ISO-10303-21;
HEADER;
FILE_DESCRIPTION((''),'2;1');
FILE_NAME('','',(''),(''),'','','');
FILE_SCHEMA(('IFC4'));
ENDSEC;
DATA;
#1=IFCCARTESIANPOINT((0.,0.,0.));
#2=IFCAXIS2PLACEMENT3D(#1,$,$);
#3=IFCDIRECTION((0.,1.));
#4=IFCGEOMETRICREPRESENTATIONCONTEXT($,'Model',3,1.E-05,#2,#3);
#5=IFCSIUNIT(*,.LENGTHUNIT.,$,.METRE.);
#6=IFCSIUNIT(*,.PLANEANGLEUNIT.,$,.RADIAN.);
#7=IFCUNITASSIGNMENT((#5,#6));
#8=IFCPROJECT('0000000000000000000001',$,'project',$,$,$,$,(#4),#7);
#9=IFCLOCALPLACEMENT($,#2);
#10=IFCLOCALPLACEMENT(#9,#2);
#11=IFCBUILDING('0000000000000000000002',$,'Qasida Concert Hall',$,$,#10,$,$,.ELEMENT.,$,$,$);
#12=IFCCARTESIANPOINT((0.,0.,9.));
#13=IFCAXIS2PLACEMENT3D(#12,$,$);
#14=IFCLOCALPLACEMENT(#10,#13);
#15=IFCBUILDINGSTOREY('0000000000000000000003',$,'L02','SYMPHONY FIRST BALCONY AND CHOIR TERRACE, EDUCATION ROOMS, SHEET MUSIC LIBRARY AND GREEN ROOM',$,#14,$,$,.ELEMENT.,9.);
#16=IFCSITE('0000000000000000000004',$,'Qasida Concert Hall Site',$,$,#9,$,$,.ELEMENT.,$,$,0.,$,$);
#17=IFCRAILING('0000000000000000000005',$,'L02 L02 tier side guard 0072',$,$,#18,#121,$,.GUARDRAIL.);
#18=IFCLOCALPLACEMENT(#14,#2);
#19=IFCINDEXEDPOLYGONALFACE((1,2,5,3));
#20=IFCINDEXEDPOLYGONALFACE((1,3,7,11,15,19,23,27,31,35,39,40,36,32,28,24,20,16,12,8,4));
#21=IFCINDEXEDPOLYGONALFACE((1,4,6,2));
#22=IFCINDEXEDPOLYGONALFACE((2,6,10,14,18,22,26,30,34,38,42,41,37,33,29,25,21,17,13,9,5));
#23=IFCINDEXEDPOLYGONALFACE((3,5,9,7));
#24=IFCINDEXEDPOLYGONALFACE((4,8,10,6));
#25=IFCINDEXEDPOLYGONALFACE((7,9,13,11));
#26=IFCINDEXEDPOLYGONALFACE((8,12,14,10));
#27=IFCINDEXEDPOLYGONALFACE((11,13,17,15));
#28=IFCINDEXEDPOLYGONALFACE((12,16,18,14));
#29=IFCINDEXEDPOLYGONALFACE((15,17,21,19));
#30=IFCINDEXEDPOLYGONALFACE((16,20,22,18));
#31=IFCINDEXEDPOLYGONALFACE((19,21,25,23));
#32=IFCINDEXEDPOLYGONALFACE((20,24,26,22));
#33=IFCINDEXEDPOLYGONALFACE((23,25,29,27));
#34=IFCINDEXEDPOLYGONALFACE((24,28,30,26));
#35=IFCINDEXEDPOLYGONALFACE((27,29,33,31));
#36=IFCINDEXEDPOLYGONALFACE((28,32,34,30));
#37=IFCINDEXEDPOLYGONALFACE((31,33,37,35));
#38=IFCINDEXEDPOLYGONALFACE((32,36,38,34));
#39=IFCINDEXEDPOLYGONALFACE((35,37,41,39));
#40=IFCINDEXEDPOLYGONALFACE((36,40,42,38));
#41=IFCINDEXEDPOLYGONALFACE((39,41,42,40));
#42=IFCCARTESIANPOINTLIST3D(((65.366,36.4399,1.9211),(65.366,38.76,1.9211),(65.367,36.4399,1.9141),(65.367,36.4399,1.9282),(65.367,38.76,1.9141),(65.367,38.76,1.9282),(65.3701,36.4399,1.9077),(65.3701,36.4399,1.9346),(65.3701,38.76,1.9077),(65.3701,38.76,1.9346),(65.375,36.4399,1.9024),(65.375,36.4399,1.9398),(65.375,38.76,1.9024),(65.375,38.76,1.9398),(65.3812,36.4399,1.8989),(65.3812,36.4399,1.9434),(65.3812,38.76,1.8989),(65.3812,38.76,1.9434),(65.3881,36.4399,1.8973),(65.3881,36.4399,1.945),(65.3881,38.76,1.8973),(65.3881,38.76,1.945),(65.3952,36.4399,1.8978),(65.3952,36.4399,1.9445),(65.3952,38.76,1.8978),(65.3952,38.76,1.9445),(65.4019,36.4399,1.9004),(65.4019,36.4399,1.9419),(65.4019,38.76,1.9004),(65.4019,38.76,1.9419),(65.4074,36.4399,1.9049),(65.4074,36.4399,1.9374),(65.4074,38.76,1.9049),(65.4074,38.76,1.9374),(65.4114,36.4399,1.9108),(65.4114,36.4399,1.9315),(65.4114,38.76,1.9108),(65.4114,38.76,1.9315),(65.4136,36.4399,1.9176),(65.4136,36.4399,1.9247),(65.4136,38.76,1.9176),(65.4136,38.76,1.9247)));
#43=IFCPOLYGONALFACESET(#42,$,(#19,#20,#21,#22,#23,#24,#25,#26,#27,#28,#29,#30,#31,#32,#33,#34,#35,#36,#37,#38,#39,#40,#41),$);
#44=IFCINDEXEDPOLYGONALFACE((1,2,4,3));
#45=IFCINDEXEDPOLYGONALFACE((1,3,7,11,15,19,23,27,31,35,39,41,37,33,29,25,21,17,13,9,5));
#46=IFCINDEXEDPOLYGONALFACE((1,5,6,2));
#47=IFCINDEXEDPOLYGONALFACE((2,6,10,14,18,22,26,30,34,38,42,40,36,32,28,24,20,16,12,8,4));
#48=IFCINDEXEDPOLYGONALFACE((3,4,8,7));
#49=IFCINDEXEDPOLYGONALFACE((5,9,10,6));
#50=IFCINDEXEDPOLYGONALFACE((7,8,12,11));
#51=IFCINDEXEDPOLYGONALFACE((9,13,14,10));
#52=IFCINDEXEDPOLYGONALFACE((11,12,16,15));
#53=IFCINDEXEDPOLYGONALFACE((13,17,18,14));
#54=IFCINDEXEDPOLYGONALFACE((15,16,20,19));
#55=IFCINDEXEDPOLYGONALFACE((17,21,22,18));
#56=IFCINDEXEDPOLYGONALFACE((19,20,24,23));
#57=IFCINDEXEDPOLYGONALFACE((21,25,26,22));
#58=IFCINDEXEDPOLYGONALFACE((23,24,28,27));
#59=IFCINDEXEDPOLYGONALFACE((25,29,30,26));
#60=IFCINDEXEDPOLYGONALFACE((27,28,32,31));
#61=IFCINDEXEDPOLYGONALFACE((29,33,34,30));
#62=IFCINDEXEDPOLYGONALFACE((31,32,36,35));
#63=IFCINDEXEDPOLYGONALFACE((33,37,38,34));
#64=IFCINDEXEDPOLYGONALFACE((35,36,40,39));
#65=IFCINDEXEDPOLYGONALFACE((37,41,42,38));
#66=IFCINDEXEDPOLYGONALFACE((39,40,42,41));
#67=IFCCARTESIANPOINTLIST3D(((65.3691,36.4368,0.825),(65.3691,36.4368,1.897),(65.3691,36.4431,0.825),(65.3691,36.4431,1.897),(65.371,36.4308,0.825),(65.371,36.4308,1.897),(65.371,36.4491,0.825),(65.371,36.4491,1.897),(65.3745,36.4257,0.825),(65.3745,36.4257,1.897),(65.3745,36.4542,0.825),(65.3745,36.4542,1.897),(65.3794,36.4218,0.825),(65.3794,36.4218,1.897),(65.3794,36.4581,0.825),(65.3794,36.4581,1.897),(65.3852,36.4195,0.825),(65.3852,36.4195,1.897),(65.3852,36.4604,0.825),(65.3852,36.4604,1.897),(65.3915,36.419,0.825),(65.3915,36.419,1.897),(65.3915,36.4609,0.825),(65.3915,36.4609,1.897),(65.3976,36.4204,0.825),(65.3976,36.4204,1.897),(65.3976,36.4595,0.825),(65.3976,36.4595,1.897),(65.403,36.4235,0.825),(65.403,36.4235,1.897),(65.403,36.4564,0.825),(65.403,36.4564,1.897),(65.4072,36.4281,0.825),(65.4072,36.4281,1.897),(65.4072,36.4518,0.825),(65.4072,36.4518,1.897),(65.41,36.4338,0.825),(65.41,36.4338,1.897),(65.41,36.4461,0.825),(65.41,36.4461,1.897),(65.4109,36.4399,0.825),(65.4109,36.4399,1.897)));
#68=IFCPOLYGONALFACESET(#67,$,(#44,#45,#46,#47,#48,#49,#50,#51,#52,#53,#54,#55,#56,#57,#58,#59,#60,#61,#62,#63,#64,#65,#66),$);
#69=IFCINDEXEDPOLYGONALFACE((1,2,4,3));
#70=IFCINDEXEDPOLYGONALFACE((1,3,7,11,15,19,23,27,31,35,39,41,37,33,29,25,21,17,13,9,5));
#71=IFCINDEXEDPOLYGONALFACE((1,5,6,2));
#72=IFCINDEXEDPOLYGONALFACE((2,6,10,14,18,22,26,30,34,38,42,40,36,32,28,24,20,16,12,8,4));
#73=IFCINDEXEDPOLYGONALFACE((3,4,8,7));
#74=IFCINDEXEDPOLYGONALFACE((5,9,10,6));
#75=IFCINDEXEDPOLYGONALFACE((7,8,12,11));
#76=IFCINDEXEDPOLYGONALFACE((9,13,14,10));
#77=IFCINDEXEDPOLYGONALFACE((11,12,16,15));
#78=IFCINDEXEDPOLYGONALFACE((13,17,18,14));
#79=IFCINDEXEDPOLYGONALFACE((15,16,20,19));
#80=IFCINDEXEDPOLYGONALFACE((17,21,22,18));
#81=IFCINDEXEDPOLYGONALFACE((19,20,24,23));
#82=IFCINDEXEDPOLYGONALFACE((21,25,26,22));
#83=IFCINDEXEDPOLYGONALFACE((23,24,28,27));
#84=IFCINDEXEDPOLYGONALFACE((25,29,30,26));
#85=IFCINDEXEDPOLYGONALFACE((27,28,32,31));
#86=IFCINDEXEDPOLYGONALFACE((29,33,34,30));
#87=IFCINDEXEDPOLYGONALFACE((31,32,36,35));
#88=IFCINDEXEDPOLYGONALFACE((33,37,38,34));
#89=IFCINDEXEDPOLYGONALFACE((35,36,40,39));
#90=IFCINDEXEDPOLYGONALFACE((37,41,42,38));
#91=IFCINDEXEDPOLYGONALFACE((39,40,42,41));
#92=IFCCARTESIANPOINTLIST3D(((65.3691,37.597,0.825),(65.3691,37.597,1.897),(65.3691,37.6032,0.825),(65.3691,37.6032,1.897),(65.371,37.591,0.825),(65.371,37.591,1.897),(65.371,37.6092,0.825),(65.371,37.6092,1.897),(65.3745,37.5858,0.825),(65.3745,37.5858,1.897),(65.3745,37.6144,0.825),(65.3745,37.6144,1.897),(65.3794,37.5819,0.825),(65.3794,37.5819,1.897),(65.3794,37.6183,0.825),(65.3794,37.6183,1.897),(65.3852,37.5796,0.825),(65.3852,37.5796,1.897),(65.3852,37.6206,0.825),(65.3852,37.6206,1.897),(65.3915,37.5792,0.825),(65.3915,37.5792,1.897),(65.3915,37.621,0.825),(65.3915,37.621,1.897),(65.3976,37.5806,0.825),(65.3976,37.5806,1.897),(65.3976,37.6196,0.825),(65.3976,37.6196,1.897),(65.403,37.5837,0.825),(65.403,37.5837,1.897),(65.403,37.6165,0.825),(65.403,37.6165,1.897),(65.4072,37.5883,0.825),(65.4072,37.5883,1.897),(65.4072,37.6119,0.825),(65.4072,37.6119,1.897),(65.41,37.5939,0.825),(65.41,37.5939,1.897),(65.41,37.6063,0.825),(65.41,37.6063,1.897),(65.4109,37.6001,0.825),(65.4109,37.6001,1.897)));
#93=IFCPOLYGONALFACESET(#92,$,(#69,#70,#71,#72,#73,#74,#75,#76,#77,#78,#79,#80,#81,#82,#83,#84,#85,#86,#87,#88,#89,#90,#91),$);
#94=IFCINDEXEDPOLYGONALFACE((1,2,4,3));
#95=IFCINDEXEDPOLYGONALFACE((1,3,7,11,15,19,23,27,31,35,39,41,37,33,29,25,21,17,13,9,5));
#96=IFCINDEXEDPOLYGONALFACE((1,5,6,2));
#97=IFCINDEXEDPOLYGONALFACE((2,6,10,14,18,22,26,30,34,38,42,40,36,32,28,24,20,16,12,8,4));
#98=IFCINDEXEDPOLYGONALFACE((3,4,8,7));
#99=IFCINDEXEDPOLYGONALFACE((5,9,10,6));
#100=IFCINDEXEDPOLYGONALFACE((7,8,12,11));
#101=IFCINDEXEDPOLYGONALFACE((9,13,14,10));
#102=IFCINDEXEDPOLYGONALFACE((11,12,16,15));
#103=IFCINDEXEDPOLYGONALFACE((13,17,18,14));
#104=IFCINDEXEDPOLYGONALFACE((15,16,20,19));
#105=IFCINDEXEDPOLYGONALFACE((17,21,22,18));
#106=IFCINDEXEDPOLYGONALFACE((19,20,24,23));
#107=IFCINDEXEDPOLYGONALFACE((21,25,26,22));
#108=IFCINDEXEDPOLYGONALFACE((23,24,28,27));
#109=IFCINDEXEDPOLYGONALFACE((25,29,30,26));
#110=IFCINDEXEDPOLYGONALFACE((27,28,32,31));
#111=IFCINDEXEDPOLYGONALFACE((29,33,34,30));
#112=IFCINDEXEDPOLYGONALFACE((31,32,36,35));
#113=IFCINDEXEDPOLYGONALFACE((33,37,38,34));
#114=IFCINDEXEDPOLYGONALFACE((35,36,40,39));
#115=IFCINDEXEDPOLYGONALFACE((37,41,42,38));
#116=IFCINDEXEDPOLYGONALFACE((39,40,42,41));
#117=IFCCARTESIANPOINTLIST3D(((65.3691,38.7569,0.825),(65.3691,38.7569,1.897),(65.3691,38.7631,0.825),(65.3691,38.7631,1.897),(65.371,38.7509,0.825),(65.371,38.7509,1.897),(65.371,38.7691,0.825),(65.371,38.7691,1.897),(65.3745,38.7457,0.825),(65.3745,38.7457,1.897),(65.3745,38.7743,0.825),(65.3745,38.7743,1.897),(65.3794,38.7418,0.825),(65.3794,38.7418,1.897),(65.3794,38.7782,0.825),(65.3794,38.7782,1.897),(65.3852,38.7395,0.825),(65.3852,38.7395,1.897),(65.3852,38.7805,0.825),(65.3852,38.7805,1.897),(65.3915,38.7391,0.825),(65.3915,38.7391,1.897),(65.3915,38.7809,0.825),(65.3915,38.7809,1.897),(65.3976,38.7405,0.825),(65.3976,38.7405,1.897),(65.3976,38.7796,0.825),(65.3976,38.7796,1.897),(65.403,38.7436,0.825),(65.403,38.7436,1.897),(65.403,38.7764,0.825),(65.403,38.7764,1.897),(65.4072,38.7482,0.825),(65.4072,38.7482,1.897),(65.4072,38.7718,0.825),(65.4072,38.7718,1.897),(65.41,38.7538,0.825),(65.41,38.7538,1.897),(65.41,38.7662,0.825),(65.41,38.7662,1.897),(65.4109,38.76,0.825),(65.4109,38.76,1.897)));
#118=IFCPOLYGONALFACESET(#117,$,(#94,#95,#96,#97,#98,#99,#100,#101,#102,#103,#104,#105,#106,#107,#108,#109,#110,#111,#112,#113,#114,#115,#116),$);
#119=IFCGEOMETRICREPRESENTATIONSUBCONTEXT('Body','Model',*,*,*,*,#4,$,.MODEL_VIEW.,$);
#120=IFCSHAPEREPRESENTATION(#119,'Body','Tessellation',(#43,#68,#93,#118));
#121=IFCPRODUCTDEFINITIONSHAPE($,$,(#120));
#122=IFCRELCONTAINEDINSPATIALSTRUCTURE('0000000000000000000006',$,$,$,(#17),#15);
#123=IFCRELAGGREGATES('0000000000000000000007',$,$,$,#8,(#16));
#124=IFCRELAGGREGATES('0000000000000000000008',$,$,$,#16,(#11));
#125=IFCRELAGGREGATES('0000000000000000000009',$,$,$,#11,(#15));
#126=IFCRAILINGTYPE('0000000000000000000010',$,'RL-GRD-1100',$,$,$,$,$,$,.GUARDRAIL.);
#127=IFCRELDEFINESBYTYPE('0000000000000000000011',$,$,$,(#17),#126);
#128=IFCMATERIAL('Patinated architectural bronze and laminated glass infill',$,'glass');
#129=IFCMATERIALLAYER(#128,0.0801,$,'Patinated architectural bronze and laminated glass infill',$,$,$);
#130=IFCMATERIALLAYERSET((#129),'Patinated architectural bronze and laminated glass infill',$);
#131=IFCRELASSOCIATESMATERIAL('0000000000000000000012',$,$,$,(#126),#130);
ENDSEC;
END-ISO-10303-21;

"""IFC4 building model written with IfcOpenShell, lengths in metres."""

from ifc_helpers import new_model, si_unit, direction, frame, origin, origin_2d, place, context, subcontext, project, spatial, circle, extrude, material, layer, layer_set, type_object, element, save


model = new_model("IFC4")

# Units and contexts
model_context = context("Model", 3, precision=1e-05, world=origin(), true_north=direction((0.0, 1.0)))
body_context = subcontext(model_context, "Body", "Model", "MODEL_VIEW")
ifc_project = project(units=[si_unit("LENGTHUNIT", "METRE"), si_unit("PLANEANGLEUNIT", "RADIAN")], contexts=[model_context])

# Site, building, storey
site_placement = place(None, origin())
site = spatial("IfcSite", under=ifc_project, at=site_placement, Name="Qasida Concert Hall Site", CompositionType="ELEMENT", RefElevation=0.0)
building_placement = place(site_placement, origin())
building = spatial("IfcBuilding", under=site, at=building_placement, Name="Qasida Concert Hall", CompositionType="ELEMENT")
storey_placement = place(building_placement, frame((0.0, 0.0, 9.0)))
storey = spatial("IfcBuildingStorey", under=building, at=storey_placement, Name="L02", Description="SYMPHONY FIRST BALCONY AND CHOIR TERRACE, EDUCATION ROOMS, SHEET MUSIC LIBRARY AND GREEN ROOM", CompositionType="ELEMENT", Elevation=9.0)

# Railing
ifc_material_1 = material(Name="Patinated architectural bronze and laminated glass infill", Category="glass")
ifc_layer_1 = layer(ifc_material_1, 0.0801, Name="Patinated architectural bronze and laminated glass infill")
ifc_layer_set_1 = layer_set([ifc_layer_1], Name="Patinated architectural bronze and laminated glass infill")
railing_type_1 = type_object("IfcRailingType", Name="RL-GRD-1100", PredefinedType="GUARDRAIL", material=ifc_layer_set_1)
for number, where, name in (
    (1, (65.3899, 36.4399, 0.825), "L02 L02 tier side guard 0072"),
):
    element("IfcRailing", number, at=place(storey_placement, frame(where)), inside=storey, type_object=railing_type_1, Name=name, PredefinedType="GUARDRAIL", context=body_context, shape_type="SweptSolid", body=[
        extrude(circle(Radius=0.0239, at=origin_2d()), frame((0.0, 0.0, 1.0962), z_axis=(0.0, 1.0, 0.0), x_axis=(-1.0, 0.0, 0.0)), (0.0, 0.0, 1.0), 2.3201),
        extrude(circle(Radius=0.021, at=origin_2d()), origin(), (0.0, 0.0, 1.0), 1.072),
        extrude(circle(Radius=0.021, at=origin_2d()), frame((0.0, 1.1602, 0.0)), (0.0, 0.0, 1.0), 1.072),
        extrude(circle(Radius=0.021, at=origin_2d()), frame((0.0, 2.3201, 0.0)), (0.0, 0.0, 1.0), 1.072),
    ])

save(model, "model.ifc")
